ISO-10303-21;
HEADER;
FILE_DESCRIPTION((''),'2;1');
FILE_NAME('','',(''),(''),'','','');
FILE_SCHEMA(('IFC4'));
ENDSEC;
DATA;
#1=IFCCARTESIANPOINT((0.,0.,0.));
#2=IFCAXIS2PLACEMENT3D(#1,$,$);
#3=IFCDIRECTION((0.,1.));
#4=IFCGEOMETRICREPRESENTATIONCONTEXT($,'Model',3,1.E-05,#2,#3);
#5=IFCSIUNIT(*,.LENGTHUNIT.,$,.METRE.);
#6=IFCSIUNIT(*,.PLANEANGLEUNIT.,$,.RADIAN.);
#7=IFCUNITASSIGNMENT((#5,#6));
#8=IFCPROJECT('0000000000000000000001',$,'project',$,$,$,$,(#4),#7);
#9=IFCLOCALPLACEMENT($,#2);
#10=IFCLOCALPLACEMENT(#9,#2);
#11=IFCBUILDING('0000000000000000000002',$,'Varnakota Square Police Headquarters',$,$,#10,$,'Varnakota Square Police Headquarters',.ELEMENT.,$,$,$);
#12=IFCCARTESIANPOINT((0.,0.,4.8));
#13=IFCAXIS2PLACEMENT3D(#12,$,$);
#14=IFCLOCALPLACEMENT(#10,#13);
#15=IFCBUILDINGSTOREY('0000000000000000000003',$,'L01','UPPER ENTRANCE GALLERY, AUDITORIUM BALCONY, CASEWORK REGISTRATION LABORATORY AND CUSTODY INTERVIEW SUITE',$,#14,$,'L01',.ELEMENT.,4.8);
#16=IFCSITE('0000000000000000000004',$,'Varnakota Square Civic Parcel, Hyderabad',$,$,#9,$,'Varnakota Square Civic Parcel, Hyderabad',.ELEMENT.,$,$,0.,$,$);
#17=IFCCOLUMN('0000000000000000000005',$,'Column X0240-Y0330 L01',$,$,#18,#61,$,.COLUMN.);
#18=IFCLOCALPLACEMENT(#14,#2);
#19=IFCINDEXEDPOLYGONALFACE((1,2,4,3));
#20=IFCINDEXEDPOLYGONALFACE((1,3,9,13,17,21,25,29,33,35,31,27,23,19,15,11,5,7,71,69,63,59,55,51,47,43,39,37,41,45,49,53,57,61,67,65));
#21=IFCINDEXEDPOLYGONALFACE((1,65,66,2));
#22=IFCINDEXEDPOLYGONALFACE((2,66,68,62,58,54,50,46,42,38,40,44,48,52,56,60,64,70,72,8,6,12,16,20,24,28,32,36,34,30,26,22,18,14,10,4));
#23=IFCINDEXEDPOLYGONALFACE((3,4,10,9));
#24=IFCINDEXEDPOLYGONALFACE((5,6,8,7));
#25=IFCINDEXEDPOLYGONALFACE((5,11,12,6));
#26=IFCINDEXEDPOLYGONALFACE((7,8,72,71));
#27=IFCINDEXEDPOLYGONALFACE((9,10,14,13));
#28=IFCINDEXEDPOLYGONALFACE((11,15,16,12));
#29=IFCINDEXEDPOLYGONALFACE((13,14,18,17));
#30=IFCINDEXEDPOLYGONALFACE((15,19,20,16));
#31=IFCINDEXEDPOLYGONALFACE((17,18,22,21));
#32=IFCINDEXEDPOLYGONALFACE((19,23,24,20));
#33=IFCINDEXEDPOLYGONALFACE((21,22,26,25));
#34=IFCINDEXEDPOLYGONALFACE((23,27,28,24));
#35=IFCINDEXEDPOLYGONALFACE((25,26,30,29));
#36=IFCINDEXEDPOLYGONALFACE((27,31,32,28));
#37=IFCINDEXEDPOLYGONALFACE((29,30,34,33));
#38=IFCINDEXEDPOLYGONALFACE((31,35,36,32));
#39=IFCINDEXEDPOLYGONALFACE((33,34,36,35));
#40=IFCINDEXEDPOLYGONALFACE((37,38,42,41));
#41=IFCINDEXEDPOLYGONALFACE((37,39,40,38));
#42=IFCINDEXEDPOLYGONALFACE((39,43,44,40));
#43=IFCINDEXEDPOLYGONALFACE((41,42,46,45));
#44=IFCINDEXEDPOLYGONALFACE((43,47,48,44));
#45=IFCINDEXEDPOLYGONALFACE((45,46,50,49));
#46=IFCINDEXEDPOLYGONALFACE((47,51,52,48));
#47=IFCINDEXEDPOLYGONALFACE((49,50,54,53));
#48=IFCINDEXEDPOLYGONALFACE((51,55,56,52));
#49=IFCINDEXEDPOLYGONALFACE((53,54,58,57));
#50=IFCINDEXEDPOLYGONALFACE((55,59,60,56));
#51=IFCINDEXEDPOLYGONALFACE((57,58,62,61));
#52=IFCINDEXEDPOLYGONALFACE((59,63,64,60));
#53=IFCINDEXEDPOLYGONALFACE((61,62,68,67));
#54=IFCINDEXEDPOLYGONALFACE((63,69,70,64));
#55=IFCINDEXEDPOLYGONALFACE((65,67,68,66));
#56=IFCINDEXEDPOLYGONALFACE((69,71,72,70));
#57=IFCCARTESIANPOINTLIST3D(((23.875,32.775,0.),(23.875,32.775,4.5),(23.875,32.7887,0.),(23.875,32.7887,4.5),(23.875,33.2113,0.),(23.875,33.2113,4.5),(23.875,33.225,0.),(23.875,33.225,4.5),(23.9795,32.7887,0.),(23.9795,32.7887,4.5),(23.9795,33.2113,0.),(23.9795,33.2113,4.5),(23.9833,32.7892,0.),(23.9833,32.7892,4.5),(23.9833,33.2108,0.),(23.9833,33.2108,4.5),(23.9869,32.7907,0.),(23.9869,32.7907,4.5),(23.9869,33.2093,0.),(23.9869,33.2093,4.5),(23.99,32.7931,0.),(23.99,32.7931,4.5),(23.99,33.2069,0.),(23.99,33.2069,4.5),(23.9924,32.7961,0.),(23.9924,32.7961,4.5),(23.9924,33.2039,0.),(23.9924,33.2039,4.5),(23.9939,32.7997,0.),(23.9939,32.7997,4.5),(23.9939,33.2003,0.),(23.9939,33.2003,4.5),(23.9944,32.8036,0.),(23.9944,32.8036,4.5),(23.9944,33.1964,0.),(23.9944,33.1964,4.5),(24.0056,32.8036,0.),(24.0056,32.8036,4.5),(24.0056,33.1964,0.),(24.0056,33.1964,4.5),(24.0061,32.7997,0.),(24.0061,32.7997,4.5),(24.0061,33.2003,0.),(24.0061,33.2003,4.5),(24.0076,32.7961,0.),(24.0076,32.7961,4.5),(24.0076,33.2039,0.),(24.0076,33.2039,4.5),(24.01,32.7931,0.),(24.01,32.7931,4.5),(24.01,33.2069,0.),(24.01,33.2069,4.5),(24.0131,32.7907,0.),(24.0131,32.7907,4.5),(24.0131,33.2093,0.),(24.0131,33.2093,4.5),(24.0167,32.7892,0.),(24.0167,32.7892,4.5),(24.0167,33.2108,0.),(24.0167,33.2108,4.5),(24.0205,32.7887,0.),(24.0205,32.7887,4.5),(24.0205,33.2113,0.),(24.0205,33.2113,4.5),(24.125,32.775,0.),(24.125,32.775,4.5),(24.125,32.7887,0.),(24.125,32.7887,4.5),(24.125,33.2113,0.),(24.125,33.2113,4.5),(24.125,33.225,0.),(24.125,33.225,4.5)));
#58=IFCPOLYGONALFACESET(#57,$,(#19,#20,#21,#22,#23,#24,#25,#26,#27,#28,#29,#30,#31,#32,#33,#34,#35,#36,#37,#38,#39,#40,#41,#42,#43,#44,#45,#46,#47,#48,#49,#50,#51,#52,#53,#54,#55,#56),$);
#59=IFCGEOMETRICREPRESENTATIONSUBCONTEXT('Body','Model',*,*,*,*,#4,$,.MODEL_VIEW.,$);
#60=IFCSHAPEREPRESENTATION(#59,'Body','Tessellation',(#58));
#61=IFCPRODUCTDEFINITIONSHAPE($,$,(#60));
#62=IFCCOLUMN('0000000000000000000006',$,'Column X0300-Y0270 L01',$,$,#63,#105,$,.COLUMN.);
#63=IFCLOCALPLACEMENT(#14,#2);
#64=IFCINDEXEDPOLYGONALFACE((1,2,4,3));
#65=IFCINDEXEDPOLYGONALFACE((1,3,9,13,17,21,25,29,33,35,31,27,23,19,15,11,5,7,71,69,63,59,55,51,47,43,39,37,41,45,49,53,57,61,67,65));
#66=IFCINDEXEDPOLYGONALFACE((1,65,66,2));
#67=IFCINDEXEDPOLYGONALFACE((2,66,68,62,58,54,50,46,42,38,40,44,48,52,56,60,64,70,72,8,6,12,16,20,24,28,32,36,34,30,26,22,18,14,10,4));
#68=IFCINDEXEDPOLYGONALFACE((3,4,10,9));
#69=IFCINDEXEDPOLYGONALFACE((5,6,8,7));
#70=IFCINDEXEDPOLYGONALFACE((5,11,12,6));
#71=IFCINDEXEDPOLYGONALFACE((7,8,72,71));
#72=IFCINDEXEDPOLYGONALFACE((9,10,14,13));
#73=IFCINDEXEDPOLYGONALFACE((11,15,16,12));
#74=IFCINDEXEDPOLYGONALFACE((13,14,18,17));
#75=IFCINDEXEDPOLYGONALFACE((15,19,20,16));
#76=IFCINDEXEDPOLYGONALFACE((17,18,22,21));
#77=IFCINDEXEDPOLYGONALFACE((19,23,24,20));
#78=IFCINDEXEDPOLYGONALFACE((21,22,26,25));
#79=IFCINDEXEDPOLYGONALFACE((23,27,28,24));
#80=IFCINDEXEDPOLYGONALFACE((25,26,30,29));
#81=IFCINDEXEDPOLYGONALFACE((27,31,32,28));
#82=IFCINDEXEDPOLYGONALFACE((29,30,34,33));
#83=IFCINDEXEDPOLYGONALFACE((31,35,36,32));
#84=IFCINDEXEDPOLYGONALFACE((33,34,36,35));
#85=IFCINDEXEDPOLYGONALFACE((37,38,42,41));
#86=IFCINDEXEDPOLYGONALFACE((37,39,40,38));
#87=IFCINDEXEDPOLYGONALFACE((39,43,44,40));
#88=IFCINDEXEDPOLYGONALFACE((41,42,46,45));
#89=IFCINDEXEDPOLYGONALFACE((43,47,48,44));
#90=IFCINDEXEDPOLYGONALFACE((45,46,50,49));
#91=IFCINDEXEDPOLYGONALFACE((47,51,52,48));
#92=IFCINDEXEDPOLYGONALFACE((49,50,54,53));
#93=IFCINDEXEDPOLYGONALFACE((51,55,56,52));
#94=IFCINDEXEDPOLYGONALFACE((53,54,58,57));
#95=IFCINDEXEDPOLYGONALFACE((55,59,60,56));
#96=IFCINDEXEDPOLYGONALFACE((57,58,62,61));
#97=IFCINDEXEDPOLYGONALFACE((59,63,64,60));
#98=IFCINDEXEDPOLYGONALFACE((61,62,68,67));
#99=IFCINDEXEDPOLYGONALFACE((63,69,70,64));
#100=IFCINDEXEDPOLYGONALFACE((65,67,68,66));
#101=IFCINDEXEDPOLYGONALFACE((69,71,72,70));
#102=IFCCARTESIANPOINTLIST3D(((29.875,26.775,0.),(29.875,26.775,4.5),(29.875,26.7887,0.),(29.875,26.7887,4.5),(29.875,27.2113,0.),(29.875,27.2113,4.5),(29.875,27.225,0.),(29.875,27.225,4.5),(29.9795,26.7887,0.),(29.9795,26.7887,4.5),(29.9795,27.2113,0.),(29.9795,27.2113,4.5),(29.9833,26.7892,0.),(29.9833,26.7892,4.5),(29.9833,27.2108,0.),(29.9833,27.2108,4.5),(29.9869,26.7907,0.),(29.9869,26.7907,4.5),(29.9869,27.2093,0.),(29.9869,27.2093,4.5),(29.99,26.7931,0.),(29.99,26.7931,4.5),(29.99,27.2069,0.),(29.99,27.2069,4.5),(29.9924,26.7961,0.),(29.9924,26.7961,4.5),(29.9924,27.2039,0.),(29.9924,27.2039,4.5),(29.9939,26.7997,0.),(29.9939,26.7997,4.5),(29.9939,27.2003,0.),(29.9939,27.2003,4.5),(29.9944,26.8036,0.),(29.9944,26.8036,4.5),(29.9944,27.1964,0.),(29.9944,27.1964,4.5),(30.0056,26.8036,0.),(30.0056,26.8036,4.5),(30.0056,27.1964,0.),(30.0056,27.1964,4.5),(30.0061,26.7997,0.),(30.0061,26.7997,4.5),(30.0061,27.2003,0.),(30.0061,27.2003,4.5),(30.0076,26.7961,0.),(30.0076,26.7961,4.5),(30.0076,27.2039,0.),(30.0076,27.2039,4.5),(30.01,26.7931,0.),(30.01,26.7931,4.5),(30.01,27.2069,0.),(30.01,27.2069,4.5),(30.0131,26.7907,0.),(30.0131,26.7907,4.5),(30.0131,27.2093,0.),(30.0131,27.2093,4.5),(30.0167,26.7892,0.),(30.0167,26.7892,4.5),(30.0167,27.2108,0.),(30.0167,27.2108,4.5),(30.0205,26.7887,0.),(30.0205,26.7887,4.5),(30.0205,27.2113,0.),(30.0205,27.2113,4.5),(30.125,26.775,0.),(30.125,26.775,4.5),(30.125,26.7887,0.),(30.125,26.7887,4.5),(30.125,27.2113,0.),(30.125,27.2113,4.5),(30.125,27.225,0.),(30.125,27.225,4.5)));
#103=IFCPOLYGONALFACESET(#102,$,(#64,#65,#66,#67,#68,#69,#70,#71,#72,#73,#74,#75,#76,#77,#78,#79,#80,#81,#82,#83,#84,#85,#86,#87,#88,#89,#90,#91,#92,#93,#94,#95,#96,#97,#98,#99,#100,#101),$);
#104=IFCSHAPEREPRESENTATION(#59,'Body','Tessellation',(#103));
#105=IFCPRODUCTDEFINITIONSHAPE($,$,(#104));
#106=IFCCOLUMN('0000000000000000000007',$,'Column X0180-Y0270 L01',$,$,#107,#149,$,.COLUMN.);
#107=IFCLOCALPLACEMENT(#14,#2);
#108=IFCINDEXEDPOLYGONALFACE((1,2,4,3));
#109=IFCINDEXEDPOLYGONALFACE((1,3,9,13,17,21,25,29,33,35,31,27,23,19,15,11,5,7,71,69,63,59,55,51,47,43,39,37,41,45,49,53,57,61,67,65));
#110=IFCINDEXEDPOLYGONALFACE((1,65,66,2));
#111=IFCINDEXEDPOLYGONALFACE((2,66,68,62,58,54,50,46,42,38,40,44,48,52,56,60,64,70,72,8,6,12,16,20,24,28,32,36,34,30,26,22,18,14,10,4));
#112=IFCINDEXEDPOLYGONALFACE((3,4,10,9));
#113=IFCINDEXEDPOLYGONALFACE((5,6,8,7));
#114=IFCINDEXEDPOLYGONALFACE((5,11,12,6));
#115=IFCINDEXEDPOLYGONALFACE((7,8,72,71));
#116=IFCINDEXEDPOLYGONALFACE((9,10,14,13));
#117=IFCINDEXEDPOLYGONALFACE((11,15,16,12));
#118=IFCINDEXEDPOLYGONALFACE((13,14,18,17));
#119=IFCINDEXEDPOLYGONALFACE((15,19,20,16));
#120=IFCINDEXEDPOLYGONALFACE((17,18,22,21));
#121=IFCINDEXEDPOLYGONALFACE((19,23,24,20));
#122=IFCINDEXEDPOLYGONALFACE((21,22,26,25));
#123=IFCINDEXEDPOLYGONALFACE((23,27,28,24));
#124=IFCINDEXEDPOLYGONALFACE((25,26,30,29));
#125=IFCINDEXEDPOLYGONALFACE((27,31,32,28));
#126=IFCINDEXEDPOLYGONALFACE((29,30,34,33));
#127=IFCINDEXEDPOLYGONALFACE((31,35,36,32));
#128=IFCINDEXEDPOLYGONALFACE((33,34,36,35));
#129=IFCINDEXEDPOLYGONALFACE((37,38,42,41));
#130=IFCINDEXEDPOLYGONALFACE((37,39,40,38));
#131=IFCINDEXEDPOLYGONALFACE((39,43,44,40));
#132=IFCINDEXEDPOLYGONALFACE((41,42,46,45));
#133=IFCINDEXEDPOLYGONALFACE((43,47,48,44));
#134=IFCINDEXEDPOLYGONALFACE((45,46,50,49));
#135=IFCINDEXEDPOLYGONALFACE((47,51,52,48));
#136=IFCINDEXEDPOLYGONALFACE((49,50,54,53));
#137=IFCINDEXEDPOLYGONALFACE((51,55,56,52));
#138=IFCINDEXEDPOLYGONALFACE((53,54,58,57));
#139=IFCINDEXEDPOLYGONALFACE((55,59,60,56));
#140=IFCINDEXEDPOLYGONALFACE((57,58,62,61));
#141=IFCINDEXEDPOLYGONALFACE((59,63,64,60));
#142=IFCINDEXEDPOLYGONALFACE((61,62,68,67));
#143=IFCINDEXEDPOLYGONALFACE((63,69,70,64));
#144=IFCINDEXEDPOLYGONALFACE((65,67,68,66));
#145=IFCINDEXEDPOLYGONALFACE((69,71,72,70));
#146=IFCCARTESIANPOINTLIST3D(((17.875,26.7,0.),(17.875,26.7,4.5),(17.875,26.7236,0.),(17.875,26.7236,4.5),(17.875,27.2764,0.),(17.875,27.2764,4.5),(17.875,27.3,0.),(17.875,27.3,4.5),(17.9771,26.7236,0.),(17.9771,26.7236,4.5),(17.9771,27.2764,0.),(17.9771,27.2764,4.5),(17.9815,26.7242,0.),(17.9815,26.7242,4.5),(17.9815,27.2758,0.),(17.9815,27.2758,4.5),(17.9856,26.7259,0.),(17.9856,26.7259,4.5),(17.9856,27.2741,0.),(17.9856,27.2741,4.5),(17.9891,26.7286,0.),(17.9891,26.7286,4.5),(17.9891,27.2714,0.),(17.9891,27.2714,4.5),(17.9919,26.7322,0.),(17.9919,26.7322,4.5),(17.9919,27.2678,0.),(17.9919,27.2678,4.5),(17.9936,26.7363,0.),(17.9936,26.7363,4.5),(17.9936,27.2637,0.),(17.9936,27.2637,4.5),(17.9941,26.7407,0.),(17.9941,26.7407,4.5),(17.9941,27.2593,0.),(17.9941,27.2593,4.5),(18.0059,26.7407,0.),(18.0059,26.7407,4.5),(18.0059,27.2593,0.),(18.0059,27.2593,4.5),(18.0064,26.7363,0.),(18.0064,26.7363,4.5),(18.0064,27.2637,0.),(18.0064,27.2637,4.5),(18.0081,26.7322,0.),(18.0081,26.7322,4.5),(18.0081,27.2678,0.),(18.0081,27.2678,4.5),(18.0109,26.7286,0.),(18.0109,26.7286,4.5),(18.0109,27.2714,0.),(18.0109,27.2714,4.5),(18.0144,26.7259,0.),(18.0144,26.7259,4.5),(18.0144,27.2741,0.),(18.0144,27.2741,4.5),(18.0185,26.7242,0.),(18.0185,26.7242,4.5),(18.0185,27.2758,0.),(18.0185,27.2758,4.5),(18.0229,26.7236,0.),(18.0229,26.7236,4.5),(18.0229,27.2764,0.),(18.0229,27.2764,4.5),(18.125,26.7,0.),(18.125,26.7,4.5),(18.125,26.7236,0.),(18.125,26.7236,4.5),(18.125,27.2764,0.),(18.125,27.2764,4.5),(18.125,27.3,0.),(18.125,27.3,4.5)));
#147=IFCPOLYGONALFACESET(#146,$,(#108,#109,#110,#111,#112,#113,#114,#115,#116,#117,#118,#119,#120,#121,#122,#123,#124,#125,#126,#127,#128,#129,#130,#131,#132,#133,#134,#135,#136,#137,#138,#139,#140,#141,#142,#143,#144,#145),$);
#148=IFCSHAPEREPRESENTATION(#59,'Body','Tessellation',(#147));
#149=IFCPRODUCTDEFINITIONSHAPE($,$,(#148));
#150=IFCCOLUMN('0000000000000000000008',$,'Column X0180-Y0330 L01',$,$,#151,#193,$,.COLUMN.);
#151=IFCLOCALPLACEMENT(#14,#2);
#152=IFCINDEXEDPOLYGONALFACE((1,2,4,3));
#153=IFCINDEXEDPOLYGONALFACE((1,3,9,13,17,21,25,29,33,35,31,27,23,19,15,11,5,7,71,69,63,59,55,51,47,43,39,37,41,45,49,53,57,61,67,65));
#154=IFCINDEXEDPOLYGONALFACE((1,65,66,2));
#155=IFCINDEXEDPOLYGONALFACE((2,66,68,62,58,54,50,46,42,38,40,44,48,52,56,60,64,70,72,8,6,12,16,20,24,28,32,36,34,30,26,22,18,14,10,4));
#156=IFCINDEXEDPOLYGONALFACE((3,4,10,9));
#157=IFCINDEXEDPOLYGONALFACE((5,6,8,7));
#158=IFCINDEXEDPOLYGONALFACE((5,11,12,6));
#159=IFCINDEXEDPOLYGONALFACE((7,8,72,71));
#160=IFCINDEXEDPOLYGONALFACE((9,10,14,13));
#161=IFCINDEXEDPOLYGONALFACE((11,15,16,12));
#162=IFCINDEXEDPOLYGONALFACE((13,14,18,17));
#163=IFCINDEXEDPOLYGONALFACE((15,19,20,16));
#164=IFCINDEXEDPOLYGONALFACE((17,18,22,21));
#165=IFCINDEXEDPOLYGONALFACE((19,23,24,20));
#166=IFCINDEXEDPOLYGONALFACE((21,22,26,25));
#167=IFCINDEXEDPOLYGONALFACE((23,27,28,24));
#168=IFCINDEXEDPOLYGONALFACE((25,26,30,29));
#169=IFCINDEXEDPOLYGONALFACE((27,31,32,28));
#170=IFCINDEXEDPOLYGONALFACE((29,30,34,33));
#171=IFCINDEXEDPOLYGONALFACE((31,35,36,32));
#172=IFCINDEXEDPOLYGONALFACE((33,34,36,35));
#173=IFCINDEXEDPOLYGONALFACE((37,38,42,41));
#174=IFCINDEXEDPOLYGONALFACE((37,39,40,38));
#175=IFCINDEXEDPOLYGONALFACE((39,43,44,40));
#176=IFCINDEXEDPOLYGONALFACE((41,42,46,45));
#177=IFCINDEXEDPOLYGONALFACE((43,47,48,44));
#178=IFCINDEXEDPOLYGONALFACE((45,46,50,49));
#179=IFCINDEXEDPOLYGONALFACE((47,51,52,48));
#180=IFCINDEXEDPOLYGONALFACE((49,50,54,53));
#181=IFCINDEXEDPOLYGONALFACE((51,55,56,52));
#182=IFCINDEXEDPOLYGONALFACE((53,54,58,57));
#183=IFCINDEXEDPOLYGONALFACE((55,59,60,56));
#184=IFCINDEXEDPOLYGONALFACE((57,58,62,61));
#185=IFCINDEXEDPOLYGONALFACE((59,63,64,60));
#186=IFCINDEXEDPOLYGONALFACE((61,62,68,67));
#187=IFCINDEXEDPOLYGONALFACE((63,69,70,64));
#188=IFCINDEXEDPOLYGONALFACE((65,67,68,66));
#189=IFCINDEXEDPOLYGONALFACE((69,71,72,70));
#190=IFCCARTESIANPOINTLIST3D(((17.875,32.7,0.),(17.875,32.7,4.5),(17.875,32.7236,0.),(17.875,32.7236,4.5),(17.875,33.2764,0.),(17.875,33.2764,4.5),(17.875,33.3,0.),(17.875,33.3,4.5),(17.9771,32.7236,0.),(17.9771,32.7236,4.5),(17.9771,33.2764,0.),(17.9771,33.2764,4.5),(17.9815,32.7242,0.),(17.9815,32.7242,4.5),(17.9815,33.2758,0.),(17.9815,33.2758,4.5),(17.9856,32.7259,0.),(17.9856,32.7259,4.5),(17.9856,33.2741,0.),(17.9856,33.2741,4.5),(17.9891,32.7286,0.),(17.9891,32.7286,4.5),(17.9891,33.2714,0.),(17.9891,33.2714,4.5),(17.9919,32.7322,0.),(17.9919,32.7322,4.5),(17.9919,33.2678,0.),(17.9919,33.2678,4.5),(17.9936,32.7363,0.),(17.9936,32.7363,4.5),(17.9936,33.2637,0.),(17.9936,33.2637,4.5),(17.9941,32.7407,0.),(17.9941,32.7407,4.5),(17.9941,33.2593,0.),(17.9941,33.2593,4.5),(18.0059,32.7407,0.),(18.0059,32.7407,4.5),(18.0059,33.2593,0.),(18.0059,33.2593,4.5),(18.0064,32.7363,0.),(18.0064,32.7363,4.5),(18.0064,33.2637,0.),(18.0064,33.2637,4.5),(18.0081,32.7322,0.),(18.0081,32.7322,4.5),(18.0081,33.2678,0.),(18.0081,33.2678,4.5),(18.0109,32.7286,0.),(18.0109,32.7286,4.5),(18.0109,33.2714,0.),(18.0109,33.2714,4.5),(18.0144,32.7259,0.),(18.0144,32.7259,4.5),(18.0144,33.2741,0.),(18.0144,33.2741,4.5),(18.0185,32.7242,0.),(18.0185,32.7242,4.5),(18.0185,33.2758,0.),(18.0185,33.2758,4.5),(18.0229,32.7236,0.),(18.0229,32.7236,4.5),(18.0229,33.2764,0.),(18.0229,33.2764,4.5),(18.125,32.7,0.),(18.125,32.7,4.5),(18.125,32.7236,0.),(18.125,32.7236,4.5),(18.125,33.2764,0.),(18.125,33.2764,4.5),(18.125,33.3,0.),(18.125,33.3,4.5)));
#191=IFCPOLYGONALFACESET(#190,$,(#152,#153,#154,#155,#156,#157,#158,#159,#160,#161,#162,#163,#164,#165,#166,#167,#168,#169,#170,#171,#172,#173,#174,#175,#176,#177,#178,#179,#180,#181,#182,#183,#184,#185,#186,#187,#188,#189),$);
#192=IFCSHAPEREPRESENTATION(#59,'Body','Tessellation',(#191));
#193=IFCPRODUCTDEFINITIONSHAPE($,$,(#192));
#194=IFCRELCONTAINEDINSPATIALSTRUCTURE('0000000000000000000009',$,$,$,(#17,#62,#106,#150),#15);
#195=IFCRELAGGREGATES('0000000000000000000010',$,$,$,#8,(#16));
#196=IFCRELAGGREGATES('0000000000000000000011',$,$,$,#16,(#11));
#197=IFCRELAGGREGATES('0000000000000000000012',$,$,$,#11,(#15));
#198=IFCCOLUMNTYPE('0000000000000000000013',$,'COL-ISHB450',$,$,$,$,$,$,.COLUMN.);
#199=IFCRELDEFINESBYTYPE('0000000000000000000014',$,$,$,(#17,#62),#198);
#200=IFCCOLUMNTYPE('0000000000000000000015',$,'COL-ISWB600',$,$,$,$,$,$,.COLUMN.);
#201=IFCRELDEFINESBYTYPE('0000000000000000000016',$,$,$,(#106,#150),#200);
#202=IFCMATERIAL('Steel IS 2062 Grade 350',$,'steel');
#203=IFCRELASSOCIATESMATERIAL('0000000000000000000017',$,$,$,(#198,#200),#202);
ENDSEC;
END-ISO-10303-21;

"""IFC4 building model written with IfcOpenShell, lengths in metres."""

from ifc_helpers import new_model, si_unit, direction, frame, origin, origin_2d, place, context, subcontext, project, spatial, i_section, extrude, material, material_profile, profile_set, type_object, element, save


model = new_model("IFC4")

# Units and contexts
model_context = context("Model", 3, precision=1e-05, world=origin(), true_north=direction((0.0, 1.0)))
body_context = subcontext(model_context, "Body", "Model", "MODEL_VIEW")
ifc_project = project(units=[si_unit("LENGTHUNIT", "METRE"), si_unit("PLANEANGLEUNIT", "RADIAN")], contexts=[model_context])

# Site, building, storey
site_placement = place(None, origin())
site = spatial("IfcSite", under=ifc_project, at=site_placement, Name="Varnakota Square Civic Parcel, Hyderabad", LongName="Varnakota Square Civic Parcel, Hyderabad", CompositionType="ELEMENT", RefElevation=0.0)
building_placement = place(site_placement, origin())
building = spatial("IfcBuilding", under=site, at=building_placement, Name="Varnakota Square Police Headquarters", LongName="Varnakota Square Police Headquarters", CompositionType="ELEMENT")
storey_placement = place(building_placement, frame((0.0, 0.0, 4.8)))
storey = spatial("IfcBuildingStorey", under=building, at=storey_placement, Name="L01", Description="UPPER ENTRANCE GALLERY, AUDITORIUM BALCONY, CASEWORK REGISTRATION LABORATORY AND CUSTODY INTERVIEW SUITE", LongName="L01", CompositionType="ELEMENT", Elevation=4.8)

# Columns
ifc_material_1 = material(Name="Steel IS 2062 Grade 350", Category="steel")
ifc_material_profile_1 = material_profile(ifc_material_1, i_section(OverallWidth=0.25, OverallDepth=0.45, WebThickness=0.0112, FlangeThickness=0.0137, FilletRadius=0.0149, at=origin_2d()), Name="ISHB 450")
ifc_profile_set_1 = profile_set([ifc_material_profile_1], Name="Steel IS 2062 Grade 350")
column_type_1 = type_object("IfcColumnType", Name="COL-ISHB450", PredefinedType="COLUMN", material=ifc_profile_set_1)
for number, where, z_axis, x_axis, name in (
    (1, (24.0, 33.0, 0.0), (0.0, 0.0, 1.0), (1.0, 0.0, 0.0), "Column X0240-Y0330 L01"),
    (2, (30.0, 27.0, 0.0), (0.0, 0.0, 1.0), (1.0, 0.0, 0.0), "Column X0300-Y0270 L01"),
):
    element("IfcColumn", number, at=place(storey_placement, frame(where, z_axis=z_axis, x_axis=x_axis)), inside=storey, type_object=column_type_1, Name=name, PredefinedType="COLUMN", context=body_context, shape_type="SweptSolid", body=[
        extrude(i_section(OverallWidth=0.25, OverallDepth=0.45, WebThickness=0.0112, FlangeThickness=0.0137, FilletRadius=0.0149, at=origin_2d()), origin(), (0.0, 0.0, 1.0), 4.5),
    ])
ifc_material_profile_2 = material_profile(ifc_material_1, i_section(OverallWidth=0.25, OverallDepth=0.6001, WebThickness=0.0117, FlangeThickness=0.0237, FilletRadius=0.0171, at=origin_2d()), Name="ISWB 600")
ifc_profile_set_2 = profile_set([ifc_material_profile_2], Name="Steel IS 2062 Grade 350")
column_type_2 = type_object("IfcColumnType", Name="COL-ISWB600", PredefinedType="COLUMN", material=ifc_profile_set_2)
for number, where, z_axis, x_axis, name in (
    (3, (18.0, 27.0, 0.0), (0.0, 0.0, 1.0), (1.0, 0.0, 0.0), "Column X0180-Y0270 L01"),
    (4, (18.0, 33.0, 0.0), (0.0, 0.0, 1.0), (1.0, 0.0, 0.0), "Column X0180-Y0330 L01"),
):
    element("IfcColumn", number, at=place(storey_placement, frame(where, z_axis=z_axis, x_axis=x_axis)), inside=storey, type_object=column_type_2, Name=name, PredefinedType="COLUMN", context=body_context, shape_type="SweptSolid", body=[
        extrude(i_section(OverallWidth=0.25, OverallDepth=0.6001, WebThickness=0.0117, FlangeThickness=0.0237, FilletRadius=0.0171, at=origin_2d()), origin(), (0.0, 0.0, 1.0), 4.5),
    ])

save(model, "model.ifc")
